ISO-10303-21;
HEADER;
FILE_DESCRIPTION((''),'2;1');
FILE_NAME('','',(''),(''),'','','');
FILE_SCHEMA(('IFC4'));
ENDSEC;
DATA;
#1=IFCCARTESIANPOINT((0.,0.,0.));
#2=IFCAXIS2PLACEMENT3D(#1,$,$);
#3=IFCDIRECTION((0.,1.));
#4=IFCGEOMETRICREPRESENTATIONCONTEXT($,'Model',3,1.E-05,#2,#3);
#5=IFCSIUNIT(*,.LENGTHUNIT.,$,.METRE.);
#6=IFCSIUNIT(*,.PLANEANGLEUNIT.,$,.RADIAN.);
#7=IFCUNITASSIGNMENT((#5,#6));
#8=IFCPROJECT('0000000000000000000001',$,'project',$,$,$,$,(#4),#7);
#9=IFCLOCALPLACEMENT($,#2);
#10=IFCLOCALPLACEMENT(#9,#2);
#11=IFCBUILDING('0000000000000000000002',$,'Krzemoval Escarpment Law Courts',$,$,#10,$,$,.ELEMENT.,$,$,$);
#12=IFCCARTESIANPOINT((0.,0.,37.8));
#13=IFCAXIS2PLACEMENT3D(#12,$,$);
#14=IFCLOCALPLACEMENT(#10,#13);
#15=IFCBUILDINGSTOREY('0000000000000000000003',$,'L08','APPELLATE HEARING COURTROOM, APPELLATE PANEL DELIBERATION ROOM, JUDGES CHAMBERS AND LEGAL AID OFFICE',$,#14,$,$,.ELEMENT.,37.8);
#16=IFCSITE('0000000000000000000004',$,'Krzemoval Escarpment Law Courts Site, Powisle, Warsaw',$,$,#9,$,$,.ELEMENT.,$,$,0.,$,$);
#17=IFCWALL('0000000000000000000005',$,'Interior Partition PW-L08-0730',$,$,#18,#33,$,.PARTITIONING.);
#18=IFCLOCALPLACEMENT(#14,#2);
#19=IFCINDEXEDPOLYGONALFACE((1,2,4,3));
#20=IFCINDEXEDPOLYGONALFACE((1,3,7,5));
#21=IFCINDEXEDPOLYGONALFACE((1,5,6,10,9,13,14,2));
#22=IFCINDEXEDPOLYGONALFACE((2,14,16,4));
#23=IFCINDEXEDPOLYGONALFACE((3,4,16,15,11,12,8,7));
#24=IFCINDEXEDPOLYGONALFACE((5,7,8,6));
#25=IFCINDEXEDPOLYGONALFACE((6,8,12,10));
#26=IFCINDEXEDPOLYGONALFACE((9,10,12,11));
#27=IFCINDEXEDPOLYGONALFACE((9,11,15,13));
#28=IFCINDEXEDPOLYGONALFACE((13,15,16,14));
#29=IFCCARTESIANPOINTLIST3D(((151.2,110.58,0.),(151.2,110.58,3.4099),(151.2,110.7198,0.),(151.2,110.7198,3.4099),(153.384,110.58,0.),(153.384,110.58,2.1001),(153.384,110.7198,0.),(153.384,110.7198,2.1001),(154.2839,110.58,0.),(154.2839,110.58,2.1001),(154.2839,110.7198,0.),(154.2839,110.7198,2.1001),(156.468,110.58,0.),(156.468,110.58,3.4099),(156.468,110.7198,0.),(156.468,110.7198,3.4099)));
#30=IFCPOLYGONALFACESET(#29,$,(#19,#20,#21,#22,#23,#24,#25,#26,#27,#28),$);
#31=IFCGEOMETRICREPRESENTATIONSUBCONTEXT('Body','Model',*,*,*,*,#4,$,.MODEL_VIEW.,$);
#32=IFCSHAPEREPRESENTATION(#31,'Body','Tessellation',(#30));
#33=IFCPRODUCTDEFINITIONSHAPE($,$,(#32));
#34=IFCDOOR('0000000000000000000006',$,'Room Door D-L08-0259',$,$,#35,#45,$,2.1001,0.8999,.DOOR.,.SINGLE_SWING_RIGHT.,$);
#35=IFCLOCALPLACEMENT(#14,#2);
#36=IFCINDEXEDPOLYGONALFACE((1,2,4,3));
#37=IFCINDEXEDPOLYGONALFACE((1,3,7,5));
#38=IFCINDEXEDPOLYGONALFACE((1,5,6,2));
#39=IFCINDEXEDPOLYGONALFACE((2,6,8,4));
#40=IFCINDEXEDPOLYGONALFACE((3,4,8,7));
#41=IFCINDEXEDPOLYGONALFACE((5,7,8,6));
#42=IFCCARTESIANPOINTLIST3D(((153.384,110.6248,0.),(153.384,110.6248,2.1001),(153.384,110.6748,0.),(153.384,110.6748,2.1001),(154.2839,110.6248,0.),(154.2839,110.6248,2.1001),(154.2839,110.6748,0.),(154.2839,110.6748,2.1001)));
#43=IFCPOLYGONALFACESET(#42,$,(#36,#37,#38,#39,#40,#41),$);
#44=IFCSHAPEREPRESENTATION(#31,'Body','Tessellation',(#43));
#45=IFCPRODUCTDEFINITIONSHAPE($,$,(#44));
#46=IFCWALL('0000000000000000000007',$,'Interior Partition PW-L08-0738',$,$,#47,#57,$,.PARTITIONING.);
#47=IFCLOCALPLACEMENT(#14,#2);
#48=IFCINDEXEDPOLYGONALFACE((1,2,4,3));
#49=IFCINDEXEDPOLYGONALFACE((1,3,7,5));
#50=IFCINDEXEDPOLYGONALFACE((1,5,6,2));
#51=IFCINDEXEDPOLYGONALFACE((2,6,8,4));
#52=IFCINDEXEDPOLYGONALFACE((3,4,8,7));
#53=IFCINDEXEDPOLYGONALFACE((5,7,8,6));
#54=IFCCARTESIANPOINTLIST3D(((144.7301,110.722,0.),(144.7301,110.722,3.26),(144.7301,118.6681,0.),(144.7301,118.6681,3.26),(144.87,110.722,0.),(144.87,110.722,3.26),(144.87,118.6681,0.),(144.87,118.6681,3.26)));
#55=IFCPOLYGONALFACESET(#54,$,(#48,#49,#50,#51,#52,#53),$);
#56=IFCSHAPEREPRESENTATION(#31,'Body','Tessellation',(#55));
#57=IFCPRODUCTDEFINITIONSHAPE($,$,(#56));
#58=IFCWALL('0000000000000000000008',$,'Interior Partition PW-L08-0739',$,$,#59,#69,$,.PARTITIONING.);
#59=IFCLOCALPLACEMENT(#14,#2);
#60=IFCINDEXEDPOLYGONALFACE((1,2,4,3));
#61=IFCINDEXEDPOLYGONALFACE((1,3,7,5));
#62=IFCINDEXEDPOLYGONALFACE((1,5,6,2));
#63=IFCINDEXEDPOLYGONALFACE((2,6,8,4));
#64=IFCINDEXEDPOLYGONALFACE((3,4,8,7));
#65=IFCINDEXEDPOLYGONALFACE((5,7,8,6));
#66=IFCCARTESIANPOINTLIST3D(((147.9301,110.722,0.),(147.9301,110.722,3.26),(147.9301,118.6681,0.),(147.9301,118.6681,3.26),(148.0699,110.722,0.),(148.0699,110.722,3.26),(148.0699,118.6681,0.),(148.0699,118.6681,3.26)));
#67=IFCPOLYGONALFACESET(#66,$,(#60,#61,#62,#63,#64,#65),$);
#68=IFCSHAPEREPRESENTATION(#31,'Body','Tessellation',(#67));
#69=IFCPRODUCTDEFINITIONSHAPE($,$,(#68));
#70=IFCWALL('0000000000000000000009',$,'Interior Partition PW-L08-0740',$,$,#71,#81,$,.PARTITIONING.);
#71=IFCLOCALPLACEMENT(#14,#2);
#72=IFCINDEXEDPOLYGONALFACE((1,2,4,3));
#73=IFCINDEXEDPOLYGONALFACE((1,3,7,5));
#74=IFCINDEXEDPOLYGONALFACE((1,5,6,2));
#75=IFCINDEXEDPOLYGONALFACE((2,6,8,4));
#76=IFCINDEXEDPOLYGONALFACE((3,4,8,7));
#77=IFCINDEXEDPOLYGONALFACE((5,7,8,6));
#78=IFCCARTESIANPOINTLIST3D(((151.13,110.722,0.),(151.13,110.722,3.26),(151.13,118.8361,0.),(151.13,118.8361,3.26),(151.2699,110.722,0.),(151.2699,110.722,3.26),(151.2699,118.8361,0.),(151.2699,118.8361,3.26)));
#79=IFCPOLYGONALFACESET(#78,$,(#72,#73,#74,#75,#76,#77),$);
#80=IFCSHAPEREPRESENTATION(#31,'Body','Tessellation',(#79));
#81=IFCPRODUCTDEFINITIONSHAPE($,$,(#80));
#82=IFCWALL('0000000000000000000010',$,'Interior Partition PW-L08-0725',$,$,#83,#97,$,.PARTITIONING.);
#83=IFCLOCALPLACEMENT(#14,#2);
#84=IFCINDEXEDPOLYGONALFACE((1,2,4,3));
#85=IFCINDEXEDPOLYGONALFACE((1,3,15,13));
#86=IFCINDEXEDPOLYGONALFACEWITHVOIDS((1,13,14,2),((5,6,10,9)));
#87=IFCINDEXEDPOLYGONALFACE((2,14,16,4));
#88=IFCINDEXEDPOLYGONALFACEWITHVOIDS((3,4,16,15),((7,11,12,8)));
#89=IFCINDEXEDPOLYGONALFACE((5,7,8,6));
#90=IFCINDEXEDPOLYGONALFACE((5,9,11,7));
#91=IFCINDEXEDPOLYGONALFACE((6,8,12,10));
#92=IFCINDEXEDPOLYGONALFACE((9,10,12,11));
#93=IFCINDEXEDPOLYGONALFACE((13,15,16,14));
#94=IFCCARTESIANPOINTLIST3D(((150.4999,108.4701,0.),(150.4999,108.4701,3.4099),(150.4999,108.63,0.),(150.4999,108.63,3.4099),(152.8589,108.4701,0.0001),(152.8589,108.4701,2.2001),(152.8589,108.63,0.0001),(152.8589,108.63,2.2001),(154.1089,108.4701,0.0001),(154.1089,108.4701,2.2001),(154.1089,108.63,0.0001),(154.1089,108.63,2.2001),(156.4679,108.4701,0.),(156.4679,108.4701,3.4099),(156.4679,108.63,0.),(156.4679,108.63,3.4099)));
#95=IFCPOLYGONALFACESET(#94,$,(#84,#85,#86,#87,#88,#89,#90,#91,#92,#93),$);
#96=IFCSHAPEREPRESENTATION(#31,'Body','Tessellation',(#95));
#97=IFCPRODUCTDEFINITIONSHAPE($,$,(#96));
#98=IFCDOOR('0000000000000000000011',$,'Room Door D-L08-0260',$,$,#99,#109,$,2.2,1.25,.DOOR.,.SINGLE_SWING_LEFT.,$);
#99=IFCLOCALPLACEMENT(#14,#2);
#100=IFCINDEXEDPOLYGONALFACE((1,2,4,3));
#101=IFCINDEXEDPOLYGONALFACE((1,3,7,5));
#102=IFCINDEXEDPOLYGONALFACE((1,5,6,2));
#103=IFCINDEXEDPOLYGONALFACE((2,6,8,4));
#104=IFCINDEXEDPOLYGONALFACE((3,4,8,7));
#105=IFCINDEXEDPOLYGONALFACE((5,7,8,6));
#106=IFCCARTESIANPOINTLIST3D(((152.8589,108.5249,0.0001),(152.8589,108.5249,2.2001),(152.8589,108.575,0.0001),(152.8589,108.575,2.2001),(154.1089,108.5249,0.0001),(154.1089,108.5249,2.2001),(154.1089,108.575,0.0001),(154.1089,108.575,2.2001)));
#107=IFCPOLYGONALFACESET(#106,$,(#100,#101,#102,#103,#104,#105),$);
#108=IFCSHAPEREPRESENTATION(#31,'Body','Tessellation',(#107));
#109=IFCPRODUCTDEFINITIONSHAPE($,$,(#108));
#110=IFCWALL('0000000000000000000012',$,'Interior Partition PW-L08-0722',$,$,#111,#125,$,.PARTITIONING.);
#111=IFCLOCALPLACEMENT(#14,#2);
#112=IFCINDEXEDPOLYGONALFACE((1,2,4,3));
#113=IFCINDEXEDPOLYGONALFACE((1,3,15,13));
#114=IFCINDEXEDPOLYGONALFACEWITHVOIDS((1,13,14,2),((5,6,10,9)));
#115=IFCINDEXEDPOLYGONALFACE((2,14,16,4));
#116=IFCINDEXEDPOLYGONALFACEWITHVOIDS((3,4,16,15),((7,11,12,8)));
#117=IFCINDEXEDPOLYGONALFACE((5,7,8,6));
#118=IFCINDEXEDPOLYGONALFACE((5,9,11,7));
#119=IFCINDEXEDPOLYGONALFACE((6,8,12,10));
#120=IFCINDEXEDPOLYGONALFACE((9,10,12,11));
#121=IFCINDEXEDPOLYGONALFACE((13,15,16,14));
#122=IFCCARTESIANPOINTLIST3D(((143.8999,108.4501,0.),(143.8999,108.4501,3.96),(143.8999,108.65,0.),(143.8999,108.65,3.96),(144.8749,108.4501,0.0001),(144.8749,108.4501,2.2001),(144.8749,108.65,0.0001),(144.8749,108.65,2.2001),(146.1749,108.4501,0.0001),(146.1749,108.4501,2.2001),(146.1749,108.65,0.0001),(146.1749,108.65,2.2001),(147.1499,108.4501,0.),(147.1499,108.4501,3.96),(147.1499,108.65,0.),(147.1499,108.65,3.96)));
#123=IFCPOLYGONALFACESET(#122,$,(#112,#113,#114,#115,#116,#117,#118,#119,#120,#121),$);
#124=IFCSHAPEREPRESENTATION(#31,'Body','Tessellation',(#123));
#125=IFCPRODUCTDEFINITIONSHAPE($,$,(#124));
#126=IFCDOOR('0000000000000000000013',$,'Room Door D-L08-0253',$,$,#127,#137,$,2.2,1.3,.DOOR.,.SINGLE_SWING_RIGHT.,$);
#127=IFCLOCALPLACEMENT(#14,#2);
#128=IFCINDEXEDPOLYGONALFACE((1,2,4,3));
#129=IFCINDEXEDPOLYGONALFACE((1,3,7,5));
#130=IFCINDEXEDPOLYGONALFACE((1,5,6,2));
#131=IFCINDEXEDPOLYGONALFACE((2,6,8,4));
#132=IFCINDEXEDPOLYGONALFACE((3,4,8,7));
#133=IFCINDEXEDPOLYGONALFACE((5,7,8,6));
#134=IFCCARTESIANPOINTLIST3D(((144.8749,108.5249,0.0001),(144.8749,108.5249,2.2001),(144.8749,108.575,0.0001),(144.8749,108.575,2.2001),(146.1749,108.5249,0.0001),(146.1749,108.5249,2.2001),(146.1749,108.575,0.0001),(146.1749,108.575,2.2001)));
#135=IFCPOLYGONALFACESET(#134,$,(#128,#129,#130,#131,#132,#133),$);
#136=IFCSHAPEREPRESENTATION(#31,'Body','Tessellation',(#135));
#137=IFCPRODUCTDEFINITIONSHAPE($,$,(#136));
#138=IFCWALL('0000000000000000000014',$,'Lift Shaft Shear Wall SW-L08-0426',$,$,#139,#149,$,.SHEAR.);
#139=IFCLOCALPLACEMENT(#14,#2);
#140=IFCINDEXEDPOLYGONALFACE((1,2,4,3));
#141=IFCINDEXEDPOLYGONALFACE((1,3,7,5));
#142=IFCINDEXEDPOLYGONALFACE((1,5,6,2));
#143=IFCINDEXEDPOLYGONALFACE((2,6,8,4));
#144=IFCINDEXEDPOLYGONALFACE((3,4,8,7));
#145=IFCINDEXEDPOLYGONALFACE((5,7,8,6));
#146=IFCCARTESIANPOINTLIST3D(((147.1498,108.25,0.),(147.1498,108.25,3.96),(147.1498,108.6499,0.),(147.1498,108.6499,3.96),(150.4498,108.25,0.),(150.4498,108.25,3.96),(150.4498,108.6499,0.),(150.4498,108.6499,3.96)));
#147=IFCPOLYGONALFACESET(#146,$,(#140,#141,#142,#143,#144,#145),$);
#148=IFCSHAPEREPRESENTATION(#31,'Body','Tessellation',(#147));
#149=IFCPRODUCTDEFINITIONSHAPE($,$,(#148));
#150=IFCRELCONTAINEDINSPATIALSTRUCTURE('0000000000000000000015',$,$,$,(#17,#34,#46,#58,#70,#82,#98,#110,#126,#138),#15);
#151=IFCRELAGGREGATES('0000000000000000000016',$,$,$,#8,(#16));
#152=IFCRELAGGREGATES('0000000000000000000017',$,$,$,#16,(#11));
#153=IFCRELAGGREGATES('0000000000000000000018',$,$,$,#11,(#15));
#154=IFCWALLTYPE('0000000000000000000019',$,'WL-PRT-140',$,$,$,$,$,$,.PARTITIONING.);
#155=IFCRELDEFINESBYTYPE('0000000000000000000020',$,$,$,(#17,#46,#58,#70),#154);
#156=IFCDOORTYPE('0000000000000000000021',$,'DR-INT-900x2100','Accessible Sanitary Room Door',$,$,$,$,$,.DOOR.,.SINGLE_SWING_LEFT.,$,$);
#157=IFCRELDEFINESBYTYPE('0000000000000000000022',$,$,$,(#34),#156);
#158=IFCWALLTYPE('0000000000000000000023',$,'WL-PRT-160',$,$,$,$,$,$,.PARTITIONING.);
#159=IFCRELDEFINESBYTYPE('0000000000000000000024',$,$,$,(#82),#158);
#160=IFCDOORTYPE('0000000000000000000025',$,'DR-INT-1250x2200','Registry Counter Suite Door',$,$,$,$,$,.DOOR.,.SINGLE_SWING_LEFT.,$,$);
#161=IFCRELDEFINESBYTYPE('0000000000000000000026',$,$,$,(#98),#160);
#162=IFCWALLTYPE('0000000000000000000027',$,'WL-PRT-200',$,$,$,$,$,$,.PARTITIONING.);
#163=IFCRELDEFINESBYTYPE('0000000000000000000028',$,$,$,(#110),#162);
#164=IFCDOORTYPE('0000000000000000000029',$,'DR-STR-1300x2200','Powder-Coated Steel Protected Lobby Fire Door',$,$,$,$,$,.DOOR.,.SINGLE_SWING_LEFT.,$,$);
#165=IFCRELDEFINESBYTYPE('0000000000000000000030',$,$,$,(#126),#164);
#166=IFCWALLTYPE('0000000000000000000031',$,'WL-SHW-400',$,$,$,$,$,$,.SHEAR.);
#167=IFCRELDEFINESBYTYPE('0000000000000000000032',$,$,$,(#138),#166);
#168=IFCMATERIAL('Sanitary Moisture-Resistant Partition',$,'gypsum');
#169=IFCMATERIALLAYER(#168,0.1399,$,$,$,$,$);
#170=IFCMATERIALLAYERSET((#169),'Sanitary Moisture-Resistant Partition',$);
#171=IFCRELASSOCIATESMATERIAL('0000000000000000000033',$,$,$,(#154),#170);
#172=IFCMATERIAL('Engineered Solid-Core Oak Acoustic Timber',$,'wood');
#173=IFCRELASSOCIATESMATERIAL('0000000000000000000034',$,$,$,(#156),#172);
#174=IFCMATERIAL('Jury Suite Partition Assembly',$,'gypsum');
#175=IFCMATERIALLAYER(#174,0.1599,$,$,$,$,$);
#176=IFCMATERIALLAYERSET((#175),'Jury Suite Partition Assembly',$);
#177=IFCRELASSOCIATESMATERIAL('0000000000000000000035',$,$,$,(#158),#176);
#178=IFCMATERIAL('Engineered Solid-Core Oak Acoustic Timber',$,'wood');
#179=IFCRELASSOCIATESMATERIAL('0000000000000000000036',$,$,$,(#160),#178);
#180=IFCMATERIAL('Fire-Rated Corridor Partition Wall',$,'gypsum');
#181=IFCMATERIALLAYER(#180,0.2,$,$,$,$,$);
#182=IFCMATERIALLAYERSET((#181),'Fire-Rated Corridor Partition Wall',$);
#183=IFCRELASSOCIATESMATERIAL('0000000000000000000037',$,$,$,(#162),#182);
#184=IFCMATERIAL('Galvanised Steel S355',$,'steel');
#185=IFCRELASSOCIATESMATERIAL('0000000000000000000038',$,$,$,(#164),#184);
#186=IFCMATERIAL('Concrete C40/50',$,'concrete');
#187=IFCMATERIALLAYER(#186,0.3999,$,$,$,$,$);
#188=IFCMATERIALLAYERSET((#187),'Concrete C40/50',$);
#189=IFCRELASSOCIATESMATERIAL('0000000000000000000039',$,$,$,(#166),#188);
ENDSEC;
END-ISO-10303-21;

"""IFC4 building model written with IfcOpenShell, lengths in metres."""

from ifc_helpers import new_model, si_unit, direction, frame, frame_2d, origin, place, context, subcontext, project, spatial, rectangle, extrude, material, layer, layer_set, type_object, element, fill, save


model = new_model("IFC4")

# Units and contexts
model_context = context("Model", 3, precision=1e-05, world=origin(), true_north=direction((0.0, 1.0)))
body_context = subcontext(model_context, "Body", "Model", "MODEL_VIEW")
ifc_project = project(units=[si_unit("LENGTHUNIT", "METRE"), si_unit("PLANEANGLEUNIT", "RADIAN")], contexts=[model_context])

# Site, building, storey
site_placement = place(None, origin())
site = spatial("IfcSite", under=ifc_project, at=site_placement, Name="Krzemoval Escarpment Law Courts Site, Powisle, Warsaw", CompositionType="ELEMENT", RefElevation=0.0)
building_placement = place(site_placement, origin())
building = spatial("IfcBuilding", under=site, at=building_placement, Name="Krzemoval Escarpment Law Courts", CompositionType="ELEMENT")
storey_placement = place(building_placement, frame((0.0, 0.0, 37.8)))
storey = spatial("IfcBuildingStorey", under=building, at=storey_placement, Name="L08", Description="APPELLATE HEARING COURTROOM, APPELLATE PANEL DELIBERATION ROOM, JUDGES CHAMBERS AND LEGAL AID OFFICE", CompositionType="ELEMENT", Elevation=37.8)

# Wall, opening, door
ifc_material_1 = material(Name="Sanitary Moisture-Resistant Partition", Category="gypsum")
ifc_layer_1 = layer(ifc_material_1, 0.1399)
ifc_layer_set_1 = layer_set([ifc_layer_1], Name="Sanitary Moisture-Resistant Partition")
wall_type_1 = type_object("IfcWallType", Name="WL-PRT-140", PredefinedType="PARTITIONING", material=ifc_layer_set_1)
ifc_material_2 = material(Name="Engineered Solid-Core Oak Acoustic Timber", Category="wood")
door_type_1 = type_object("IfcDoorType", Name="DR-INT-900x2100", Description="Accessible Sanitary Room Door", OperationType="SINGLE_SWING_LEFT", PredefinedType="DOOR", material=ifc_material_2)
wall_1_placement = place(storey_placement, frame((151.2, 110.6499, 0.0), z_axis=(0.0, 0.0, 1.0), x_axis=(1.0, 0.0, 0.0)))
wall_1 = element("IfcWall", 1, at=wall_1_placement, inside=storey, type_object=wall_type_1, Name="Interior Partition PW-L08-0730", PredefinedType="PARTITIONING", context=body_context, shape_type="SweptSolid", body=[
    extrude(rectangle(XDim=5.2681, YDim=0.1399, at=frame_2d((2.634, 0.0))), origin(), (0.0, 0.0, 1.0), 3.4099),
])
opening_1_placement = place(wall_1_placement, frame((2.1841, 0.0, 0.0)))
opening_1 = element("IfcOpeningElement", 2, at=opening_1_placement, cuts=wall_1, PredefinedType="OPENING", context=body_context, shape_type="SweptSolid", body=[
    extrude(rectangle(XDim=0.8999, YDim=2.1001, at=frame_2d((0.45, 1.05))), frame((0.0, 0.0849, 0.0), z_axis=(0.0, -1.0, 0.0), x_axis=(1.0, 0.0, 0.0)), (0.0, 0.0, 1.0), 0.1699),
])
door_1_placement = place(opening_1_placement, origin())
door_1 = element("IfcDoor", 3, at=door_1_placement, inside=storey, type_object=door_type_1, Name="Room Door D-L08-0259", OperationType="SINGLE_SWING_RIGHT", OverallHeight=2.1001, OverallWidth=0.8999, PredefinedType="DOOR", context=body_context, shape_type="SweptSolid", body=[
    extrude(rectangle(XDim=0.8999, YDim=2.1001, at=frame_2d((0.45, 1.05))), frame((0.0, 0.0249, 0.0), z_axis=(0.0, -1.0, 0.0), x_axis=(1.0, 0.0, 0.0)), (0.0, 0.0, 1.0), 0.05),
])
fill(opening_1, door_1)

# Walls
for number, where, z_axis, x_axis, name in (
    (4, (144.8, 110.7219, 0.0), (0.0, 0.0, 1.0), (0.0, 1.0, 0.0), "Interior Partition PW-L08-0738"),
    (5, (148.0, 110.7219, 0.0), (0.0, 0.0, 1.0), (0.0, 1.0, 0.0), "Interior Partition PW-L08-0739"),
):
    element("IfcWall", number, at=place(storey_placement, frame(where, z_axis=z_axis, x_axis=x_axis)), inside=storey, type_object=wall_type_1, Name=name, PredefinedType="PARTITIONING", context=body_context, shape_type="SweptSolid", body=[
        extrude(rectangle(XDim=7.946, YDim=0.1399, at=frame_2d((3.9731, 0.0))), origin(), (0.0, 0.0, 1.0), 3.26),
    ])
wall_2_placement = place(storey_placement, frame((151.2, 110.7219, 0.0), z_axis=(0.0, 0.0, 1.0), x_axis=(0.0, 1.0, 0.0)))
element("IfcWall", 6, at=wall_2_placement, inside=storey, type_object=wall_type_1, Name="Interior Partition PW-L08-0740", PredefinedType="PARTITIONING", context=body_context, shape_type="SweptSolid", body=[
    extrude(rectangle(XDim=8.114, YDim=0.1399, at=frame_2d((4.0571, 0.0))), origin(), (0.0, 0.0, 1.0), 3.26),
])

# Walls, openings, doors
ifc_material_3 = material(Name="Jury Suite Partition Assembly", Category="gypsum")
ifc_layer_2 = layer(ifc_material_3, 0.1599)
ifc_layer_set_2 = layer_set([ifc_layer_2], Name="Jury Suite Partition Assembly")
wall_type_2 = type_object("IfcWallType", Name="WL-PRT-160", PredefinedType="PARTITIONING", material=ifc_layer_set_2)
wall_3_placement = place(storey_placement, frame((150.5, 108.55, 0.0), z_axis=(0.0, 0.0, 1.0), x_axis=(1.0, 0.0, 0.0)))
wall_3 = element("IfcWall", 7, at=wall_3_placement, inside=storey, type_object=wall_type_2, Name="Interior Partition PW-L08-0725", PredefinedType="PARTITIONING", context=body_context, shape_type="SweptSolid", body=[
    extrude(rectangle(XDim=5.968, YDim=0.1599, at=frame_2d((2.9839, 0.0))), origin(), (0.0, 0.0, 1.0), 3.4099),
])
opening_2_placement = place(wall_3_placement, frame((2.3589, 0.0, 0.0)))
opening_2 = element("IfcOpeningElement", 8, at=opening_2_placement, cuts=wall_3, PredefinedType="OPENING", context=body_context, shape_type="SweptSolid", body=[
    extrude(rectangle(XDim=1.25, YDim=2.2, at=frame_2d((0.625, 1.1001))), frame((0.0, 0.095, 0.0), z_axis=(0.0, -1.0, 0.0), x_axis=(1.0, 0.0, 0.0)), (0.0, 0.0, 1.0), 0.1899),
])
ifc_material_4 = material(Name="Engineered Solid-Core Oak Acoustic Timber", Category="wood")
door_type_2 = type_object("IfcDoorType", Name="DR-INT-1250x2200", Description="Registry Counter Suite Door", OperationType="SINGLE_SWING_LEFT", PredefinedType="DOOR", material=ifc_material_4)
door_2_placement = place(opening_2_placement, origin())
door_2 = element("IfcDoor", 9, at=door_2_placement, inside=storey, type_object=door_type_2, Name="Room Door D-L08-0260", OperationType="SINGLE_SWING_LEFT", OverallHeight=2.2, OverallWidth=1.25, PredefinedType="DOOR", context=body_context, shape_type="SweptSolid", body=[
    extrude(rectangle(XDim=1.25, YDim=2.2, at=frame_2d((0.625, 1.1001))), frame((0.0, 0.0249, 0.0), z_axis=(0.0, -1.0, 0.0), x_axis=(1.0, 0.0, 0.0)), (0.0, 0.0, 1.0), 0.05),
])
fill(opening_2, door_2)
ifc_material_5 = material(Name="Fire-Rated Corridor Partition Wall", Category="gypsum")
ifc_layer_3 = layer(ifc_material_5, 0.2)
ifc_layer_set_3 = layer_set([ifc_layer_3], Name="Fire-Rated Corridor Partition Wall")
wall_type_3 = type_object("IfcWallType", Name="WL-PRT-200", PredefinedType="PARTITIONING", material=ifc_layer_set_3)
wall_4_placement = place(storey_placement, frame((143.8999, 108.55, 0.0), z_axis=(0.0, 0.0, 1.0), x_axis=(1.0, 0.0, 0.0)))
wall_4 = element("IfcWall", 10, at=wall_4_placement, inside=storey, type_object=wall_type_3, Name="Interior Partition PW-L08-0722", PredefinedType="PARTITIONING", context=body_context, shape_type="SweptSolid", body=[
    extrude(rectangle(XDim=3.25, YDim=0.2, at=frame_2d((1.625, 0.0))), origin(), (0.0, 0.0, 1.0), 3.96),
])
opening_3_placement = place(wall_4_placement, frame((0.9751, 0.0, 0.0)))
opening_3 = element("IfcOpeningElement", 11, at=opening_3_placement, cuts=wall_4, PredefinedType="OPENING", context=body_context, shape_type="SweptSolid", body=[
    extrude(rectangle(XDim=1.3, YDim=2.2, at=frame_2d((0.6499, 1.1001))), frame((0.0, 0.115, 0.0), z_axis=(0.0, -1.0, 0.0), x_axis=(1.0, 0.0, 0.0)), (0.0, 0.0, 1.0), 0.2299),
])
ifc_material_6 = material(Name="Galvanised Steel S355", Category="steel")
door_type_3 = type_object("IfcDoorType", Name="DR-STR-1300x2200", Description="Powder-Coated Steel Protected Lobby Fire Door", OperationType="SINGLE_SWING_LEFT", PredefinedType="DOOR", material=ifc_material_6)
door_3_placement = place(opening_3_placement, origin())
door_3 = element("IfcDoor", 12, at=door_3_placement, inside=storey, type_object=door_type_3, Name="Room Door D-L08-0253", OperationType="SINGLE_SWING_RIGHT", OverallHeight=2.2, OverallWidth=1.3, PredefinedType="DOOR", context=body_context, shape_type="SweptSolid", body=[
    extrude(rectangle(XDim=1.3, YDim=2.2, at=frame_2d((0.6499, 1.1001))), frame((0.0, 0.0249, 0.0), z_axis=(0.0, -1.0, 0.0), x_axis=(1.0, 0.0, 0.0)), (0.0, 0.0, 1.0), 0.05),
])
fill(opening_3, door_3)

# Wall
ifc_material_7 = material(Name="Concrete C40/50", Category="concrete")
ifc_layer_4 = layer(ifc_material_7, 0.3999)
ifc_layer_set_4 = layer_set([ifc_layer_4], Name="Concrete C40/50")
wall_type_4 = type_object("IfcWallType", Name="WL-SHW-400", PredefinedType="SHEAR", material=ifc_layer_set_4)
wall_5_placement = place(storey_placement, frame((147.1499, 108.45, 0.0), z_axis=(0.0, 0.0, 1.0), x_axis=(1.0, 0.0, 0.0)))
element("IfcWall", 13, at=wall_5_placement, inside=storey, type_object=wall_type_4, Name="Lift Shaft Shear Wall SW-L08-0426", PredefinedType="SHEAR", context=body_context, shape_type="SweptSolid", body=[
    extrude(rectangle(XDim=3.3, YDim=0.3999, at=frame_2d((1.6499, 0.0))), origin(), (0.0, 0.0, 1.0), 3.96),
])

save(model, "model.ifc")
